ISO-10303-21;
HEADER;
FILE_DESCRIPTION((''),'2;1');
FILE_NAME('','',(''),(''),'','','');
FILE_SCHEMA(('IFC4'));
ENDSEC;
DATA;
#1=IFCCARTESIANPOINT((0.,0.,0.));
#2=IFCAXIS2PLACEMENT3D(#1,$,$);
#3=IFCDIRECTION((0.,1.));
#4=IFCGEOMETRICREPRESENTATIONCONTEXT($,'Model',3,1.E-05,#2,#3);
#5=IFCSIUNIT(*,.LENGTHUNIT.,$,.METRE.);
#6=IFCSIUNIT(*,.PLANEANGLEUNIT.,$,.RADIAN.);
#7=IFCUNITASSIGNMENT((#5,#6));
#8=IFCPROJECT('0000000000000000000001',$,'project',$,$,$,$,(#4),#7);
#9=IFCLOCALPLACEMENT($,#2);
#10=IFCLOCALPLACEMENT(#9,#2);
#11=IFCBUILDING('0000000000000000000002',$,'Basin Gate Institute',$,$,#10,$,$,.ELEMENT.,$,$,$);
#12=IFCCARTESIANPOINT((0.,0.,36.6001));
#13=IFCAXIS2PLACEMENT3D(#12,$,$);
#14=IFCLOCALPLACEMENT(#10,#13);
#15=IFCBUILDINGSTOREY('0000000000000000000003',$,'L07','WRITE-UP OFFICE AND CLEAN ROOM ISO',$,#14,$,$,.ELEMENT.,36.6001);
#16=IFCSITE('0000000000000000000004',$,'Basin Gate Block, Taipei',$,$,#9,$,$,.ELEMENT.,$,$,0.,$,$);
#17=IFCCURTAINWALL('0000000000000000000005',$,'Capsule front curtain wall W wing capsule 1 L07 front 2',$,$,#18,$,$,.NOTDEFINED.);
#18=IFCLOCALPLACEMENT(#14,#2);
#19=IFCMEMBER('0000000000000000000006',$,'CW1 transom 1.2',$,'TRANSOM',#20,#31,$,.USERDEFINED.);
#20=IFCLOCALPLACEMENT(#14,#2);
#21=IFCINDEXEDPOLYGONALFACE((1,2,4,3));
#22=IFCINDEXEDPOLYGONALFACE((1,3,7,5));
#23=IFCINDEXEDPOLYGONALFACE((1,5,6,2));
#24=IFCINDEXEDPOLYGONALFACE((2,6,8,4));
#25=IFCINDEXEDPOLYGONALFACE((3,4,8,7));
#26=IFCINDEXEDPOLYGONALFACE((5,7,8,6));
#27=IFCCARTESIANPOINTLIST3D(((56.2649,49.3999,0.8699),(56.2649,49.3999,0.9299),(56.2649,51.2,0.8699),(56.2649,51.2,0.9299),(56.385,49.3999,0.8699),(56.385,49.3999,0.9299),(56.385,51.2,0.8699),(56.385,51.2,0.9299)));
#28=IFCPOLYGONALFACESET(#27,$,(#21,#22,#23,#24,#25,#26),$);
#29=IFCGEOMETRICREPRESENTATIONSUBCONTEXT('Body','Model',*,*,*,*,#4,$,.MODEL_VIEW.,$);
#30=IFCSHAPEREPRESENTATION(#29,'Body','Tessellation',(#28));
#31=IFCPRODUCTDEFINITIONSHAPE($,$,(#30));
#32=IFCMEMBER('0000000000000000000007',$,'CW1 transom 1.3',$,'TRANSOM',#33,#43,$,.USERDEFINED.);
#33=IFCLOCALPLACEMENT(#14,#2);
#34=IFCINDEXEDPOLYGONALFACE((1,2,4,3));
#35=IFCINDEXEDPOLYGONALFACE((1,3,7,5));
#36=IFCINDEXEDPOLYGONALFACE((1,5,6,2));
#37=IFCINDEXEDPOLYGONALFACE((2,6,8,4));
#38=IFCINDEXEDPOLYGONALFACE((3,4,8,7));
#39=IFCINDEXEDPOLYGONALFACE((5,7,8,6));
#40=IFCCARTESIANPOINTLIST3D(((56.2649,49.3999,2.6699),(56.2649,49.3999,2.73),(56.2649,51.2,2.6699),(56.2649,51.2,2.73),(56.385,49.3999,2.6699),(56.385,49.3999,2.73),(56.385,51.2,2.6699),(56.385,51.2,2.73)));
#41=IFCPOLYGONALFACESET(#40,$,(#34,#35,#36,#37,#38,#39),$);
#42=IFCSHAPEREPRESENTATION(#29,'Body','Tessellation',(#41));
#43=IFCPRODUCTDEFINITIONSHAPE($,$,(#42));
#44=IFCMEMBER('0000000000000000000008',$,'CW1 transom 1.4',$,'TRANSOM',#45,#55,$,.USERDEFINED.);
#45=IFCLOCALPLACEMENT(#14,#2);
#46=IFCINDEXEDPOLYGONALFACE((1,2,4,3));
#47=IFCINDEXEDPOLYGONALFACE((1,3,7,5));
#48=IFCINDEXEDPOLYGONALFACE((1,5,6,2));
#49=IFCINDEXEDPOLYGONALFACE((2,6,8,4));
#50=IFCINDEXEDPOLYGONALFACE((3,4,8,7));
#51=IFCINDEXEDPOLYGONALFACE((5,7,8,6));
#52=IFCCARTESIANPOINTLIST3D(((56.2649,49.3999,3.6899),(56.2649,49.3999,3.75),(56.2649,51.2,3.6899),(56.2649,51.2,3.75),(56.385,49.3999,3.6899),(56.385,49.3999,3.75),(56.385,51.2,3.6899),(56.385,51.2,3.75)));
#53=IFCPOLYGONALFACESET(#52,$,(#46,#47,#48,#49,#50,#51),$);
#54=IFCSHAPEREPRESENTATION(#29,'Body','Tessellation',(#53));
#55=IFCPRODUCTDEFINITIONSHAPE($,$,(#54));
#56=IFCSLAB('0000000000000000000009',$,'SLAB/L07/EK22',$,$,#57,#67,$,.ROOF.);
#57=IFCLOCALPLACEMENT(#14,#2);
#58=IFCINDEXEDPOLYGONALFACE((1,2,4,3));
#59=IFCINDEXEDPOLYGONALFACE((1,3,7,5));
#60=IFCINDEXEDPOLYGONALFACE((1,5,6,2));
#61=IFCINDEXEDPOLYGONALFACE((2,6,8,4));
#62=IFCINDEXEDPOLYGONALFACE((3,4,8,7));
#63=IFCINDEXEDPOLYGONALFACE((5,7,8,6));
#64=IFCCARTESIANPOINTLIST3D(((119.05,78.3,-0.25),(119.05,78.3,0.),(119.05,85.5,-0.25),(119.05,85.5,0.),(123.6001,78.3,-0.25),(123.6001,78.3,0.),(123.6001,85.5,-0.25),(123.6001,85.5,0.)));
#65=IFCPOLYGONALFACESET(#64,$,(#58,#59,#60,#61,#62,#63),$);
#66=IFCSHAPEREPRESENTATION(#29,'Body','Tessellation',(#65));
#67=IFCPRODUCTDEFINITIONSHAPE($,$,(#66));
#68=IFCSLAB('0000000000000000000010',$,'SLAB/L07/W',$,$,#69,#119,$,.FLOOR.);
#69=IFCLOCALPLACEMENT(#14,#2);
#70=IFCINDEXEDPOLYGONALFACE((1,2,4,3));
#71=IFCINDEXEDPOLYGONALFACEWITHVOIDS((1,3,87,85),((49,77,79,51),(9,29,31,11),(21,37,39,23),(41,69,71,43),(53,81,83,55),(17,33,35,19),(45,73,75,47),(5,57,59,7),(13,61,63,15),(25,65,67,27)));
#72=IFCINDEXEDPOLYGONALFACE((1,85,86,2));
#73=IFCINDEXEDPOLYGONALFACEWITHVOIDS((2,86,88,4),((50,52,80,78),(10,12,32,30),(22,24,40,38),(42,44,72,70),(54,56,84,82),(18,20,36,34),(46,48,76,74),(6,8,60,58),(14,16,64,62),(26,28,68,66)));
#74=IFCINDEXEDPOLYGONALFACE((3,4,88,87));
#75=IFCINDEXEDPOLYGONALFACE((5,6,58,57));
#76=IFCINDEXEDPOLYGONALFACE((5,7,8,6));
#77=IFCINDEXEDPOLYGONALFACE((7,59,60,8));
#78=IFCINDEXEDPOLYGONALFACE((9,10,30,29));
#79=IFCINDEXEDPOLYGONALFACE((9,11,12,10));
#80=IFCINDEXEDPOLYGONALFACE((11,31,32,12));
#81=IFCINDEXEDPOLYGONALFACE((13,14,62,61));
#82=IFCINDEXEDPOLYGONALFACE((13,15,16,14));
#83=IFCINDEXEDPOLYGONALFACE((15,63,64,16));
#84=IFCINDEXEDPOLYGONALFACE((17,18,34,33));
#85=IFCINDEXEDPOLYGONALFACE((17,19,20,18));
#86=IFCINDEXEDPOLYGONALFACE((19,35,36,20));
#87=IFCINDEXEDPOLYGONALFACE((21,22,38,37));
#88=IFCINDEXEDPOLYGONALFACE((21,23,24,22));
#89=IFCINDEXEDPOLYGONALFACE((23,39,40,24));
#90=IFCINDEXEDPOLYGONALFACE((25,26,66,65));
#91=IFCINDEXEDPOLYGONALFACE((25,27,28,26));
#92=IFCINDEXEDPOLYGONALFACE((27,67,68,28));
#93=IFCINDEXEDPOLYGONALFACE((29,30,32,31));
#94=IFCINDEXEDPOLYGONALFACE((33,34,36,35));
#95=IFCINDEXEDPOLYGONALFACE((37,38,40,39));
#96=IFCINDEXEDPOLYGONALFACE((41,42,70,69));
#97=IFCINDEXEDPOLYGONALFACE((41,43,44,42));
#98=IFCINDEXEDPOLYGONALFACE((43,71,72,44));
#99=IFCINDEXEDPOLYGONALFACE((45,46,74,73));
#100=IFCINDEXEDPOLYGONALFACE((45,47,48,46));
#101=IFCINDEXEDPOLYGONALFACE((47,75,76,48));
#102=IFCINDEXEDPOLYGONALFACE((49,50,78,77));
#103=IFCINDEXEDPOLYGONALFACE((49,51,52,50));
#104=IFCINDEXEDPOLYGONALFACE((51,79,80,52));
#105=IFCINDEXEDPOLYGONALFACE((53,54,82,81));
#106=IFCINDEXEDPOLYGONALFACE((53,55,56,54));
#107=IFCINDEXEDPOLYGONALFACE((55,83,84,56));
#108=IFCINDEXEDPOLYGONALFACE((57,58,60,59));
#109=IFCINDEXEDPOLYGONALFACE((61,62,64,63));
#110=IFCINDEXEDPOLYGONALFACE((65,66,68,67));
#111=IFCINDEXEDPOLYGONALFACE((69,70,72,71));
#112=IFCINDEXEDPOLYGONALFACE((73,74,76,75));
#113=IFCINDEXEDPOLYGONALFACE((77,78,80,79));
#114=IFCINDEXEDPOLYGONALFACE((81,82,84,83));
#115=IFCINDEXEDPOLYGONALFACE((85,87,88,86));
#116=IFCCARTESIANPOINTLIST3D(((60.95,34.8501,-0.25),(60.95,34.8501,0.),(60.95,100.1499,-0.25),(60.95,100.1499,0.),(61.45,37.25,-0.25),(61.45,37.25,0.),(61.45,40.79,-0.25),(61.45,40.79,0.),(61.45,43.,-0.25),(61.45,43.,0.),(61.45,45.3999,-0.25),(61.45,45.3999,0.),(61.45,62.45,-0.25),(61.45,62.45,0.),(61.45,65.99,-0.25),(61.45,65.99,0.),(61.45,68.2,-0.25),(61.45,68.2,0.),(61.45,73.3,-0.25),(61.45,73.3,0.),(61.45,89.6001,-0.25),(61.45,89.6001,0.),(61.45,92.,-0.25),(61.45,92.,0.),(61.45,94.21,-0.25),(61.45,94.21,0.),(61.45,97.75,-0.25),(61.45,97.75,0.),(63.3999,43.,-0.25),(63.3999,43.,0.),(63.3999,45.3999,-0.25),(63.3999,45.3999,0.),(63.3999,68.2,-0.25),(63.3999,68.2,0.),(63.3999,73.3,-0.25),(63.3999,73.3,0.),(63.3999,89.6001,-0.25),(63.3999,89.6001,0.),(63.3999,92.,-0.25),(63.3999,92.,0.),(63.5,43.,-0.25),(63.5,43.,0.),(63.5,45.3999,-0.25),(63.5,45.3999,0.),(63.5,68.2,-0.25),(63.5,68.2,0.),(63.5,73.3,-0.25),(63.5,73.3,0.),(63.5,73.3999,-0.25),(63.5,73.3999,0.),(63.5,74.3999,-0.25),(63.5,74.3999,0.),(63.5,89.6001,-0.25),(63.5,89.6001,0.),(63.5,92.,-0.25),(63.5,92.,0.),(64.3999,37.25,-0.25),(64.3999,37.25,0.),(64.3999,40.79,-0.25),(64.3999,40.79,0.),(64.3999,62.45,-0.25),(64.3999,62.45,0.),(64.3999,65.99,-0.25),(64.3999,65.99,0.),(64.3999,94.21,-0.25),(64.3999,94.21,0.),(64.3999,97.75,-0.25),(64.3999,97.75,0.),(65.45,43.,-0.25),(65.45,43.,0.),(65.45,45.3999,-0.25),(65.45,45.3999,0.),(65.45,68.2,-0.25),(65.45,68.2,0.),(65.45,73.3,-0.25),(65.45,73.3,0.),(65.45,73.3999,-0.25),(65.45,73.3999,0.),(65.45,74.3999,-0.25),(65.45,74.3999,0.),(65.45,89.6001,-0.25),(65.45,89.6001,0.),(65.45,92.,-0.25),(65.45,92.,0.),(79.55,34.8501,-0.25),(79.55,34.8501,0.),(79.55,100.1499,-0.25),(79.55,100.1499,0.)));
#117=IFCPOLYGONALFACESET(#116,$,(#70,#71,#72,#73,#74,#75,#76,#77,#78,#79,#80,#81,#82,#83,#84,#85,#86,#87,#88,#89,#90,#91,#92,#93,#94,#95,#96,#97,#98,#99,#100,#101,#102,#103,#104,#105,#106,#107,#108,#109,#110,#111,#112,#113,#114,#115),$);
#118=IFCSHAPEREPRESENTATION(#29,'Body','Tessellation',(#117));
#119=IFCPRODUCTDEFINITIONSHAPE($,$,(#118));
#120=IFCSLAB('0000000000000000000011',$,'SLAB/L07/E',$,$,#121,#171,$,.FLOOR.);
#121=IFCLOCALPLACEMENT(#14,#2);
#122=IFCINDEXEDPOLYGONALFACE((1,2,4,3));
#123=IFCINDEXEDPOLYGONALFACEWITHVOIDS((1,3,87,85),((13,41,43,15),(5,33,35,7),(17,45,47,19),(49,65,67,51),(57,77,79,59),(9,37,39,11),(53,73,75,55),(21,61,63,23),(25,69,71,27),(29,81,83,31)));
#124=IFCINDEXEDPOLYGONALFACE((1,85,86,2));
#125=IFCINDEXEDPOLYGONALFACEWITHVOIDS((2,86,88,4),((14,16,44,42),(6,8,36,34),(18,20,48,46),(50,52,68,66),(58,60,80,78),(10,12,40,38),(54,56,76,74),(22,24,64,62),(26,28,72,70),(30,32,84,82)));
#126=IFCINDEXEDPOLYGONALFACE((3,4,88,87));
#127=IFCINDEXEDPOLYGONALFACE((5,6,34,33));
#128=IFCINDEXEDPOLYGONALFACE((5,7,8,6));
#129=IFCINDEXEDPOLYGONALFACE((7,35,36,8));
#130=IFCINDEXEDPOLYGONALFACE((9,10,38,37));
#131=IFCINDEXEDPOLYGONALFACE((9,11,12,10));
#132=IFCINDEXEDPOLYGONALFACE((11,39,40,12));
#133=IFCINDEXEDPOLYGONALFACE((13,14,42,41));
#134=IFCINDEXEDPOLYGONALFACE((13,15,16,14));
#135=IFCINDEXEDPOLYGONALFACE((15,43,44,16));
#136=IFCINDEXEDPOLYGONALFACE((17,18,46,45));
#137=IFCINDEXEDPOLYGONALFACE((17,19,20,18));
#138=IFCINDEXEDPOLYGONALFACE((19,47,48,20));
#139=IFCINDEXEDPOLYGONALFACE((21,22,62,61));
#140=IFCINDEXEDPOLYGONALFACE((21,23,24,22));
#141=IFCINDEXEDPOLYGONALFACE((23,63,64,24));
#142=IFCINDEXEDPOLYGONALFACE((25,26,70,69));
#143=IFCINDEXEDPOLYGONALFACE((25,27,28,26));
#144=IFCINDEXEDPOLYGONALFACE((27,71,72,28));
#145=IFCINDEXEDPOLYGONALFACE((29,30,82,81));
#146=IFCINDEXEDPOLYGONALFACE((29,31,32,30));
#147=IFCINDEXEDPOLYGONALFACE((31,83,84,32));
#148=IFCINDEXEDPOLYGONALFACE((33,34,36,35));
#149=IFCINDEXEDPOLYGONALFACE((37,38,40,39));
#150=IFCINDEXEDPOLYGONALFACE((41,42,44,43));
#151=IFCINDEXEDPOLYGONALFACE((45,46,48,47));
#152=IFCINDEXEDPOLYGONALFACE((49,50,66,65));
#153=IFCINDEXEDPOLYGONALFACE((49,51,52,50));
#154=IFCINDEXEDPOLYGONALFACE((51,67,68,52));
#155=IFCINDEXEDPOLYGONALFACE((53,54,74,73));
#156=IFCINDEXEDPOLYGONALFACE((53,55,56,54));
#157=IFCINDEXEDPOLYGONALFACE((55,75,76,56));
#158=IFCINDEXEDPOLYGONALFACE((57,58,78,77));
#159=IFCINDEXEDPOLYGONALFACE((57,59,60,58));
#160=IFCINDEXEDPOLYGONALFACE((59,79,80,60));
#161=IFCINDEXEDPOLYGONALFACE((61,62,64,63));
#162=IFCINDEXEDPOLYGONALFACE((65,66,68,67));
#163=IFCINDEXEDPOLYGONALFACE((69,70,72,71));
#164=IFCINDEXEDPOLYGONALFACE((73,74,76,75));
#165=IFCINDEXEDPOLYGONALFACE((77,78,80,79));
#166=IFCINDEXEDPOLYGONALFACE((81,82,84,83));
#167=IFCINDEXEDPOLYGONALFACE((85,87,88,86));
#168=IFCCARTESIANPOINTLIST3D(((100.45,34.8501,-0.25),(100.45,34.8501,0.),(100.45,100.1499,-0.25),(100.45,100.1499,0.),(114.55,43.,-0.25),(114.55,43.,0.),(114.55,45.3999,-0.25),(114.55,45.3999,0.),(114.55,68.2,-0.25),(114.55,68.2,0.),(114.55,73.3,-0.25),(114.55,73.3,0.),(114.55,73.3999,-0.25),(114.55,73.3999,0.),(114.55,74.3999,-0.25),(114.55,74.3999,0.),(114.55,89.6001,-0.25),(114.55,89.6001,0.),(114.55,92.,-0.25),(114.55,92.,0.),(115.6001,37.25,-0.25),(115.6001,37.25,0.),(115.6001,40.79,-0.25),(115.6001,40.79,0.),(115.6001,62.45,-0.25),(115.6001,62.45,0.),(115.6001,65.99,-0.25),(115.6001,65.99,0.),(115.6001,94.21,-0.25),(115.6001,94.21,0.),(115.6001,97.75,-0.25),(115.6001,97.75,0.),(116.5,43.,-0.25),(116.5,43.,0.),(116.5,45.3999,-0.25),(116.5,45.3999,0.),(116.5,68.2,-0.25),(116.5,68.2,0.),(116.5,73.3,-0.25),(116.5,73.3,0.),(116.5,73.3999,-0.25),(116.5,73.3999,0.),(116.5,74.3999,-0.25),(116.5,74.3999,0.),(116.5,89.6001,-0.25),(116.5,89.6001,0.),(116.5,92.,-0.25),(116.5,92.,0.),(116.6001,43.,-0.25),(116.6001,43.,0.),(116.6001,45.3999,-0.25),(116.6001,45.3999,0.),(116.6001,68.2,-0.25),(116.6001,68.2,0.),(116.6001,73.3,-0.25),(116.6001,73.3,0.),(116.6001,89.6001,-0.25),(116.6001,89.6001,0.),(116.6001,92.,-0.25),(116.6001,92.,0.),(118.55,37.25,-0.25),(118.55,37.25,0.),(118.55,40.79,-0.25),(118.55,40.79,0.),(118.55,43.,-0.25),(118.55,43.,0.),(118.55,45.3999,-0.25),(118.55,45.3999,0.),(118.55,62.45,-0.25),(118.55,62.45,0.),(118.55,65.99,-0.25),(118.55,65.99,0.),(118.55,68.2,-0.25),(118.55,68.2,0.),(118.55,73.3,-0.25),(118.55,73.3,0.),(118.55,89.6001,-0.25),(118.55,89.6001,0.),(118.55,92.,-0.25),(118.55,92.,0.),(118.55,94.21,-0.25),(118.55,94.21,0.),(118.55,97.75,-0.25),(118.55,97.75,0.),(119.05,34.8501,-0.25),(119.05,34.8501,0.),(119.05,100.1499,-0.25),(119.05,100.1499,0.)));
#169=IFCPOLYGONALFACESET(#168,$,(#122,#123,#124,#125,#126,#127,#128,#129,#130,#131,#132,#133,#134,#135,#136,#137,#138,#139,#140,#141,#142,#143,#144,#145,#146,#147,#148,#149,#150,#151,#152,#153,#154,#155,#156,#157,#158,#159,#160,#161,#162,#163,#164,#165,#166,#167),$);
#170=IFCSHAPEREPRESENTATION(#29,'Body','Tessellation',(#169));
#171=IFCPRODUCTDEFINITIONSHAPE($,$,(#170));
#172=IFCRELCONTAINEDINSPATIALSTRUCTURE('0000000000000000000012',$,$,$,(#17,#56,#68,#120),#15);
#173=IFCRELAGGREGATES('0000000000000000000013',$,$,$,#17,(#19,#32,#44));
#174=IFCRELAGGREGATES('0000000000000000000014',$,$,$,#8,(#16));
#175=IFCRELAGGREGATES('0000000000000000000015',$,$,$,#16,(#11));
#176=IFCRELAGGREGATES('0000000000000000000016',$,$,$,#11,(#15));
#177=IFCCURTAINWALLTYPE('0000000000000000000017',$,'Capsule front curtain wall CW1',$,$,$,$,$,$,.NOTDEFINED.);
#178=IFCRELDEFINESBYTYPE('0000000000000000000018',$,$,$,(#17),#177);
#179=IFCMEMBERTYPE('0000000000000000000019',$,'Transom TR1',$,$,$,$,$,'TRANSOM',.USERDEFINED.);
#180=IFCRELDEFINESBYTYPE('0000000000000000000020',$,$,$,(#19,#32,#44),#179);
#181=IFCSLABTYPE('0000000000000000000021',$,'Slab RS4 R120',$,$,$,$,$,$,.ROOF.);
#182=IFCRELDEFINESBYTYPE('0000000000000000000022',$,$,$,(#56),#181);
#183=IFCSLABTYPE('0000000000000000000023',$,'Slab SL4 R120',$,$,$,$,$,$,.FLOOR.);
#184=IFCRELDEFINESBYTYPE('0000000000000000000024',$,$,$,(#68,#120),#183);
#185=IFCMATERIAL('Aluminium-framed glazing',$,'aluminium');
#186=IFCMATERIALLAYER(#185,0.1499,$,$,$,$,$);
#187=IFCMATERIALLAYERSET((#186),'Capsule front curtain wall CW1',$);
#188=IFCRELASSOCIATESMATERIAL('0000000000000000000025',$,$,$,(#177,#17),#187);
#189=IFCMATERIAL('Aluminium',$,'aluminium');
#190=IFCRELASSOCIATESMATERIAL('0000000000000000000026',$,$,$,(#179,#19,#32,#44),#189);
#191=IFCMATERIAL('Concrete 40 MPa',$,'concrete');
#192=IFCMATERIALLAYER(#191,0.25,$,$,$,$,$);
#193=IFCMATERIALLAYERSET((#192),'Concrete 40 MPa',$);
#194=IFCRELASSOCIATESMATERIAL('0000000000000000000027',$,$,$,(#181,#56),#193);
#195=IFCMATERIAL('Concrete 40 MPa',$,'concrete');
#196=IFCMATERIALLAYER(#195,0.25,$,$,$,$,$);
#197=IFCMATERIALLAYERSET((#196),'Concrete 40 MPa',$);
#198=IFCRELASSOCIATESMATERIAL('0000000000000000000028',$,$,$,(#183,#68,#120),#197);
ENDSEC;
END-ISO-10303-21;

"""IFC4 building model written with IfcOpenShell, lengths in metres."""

from ifc_helpers import new_model, si_unit, direction, frame, origin, origin_2d, place, context, subcontext, project, spatial, polyline, rectangle, outline, extrude, material, layer, layer_set, material_profile, profile_set, type_object, element, aggregate, save


model = new_model("IFC4")

# Units and contexts
model_context = context("Model", 3, precision=1e-05, world=origin(), true_north=direction((0.0, 1.0)))
body_context = subcontext(model_context, "Body", "Model", "MODEL_VIEW")
ifc_project = project(units=[si_unit("LENGTHUNIT", "METRE"), si_unit("PLANEANGLEUNIT", "RADIAN")], contexts=[model_context])

# Site, building, storey
site_placement = place(None, origin())
site = spatial("IfcSite", under=ifc_project, at=site_placement, Name="Basin Gate Block, Taipei", CompositionType="ELEMENT", RefElevation=0.0)
building_placement = place(site_placement, origin())
building = spatial("IfcBuilding", under=site, at=building_placement, Name="Basin Gate Institute", CompositionType="ELEMENT")
storey_placement = place(building_placement, frame((0.0, 0.0, 36.6001)))
storey = spatial("IfcBuildingStorey", under=building, at=storey_placement, Name="L07", Description="WRITE-UP OFFICE AND CLEAN ROOM ISO", CompositionType="ELEMENT", Elevation=36.6001)

# Shared definitions
ifc_material_1 = material(Name="Aluminium-framed glazing", Category="aluminium")
ifc_layer_1 = layer(ifc_material_1, 0.1499)
ifc_layer_set_1 = layer_set([ifc_layer_1], Name="Capsule front curtain wall CW1")
curtain_wall_type = type_object("IfcCurtainWallType", Name="Capsule front curtain wall CW1", PredefinedType="NOTDEFINED", material=ifc_layer_set_1)

# Curtain wall
curtain_wall_1_placement = place(storey_placement, origin())
curtain_wall_1 = element("IfcCurtainWall", 1, at=curtain_wall_1_placement, inside=storey, type_object=curtain_wall_type, material=ifc_layer_set_1, Name="Capsule front curtain wall W wing capsule 1 L07 front 2", PredefinedType="NOTDEFINED")

# Members
ifc_material_2 = material(Name="Aluminium", Category="aluminium")
ifc_material_profile_1 = material_profile(ifc_material_2, rectangle(XDim=0.1201, YDim=0.0601, at=origin_2d()), Name="Transom TR1 120 x 60")
ifc_profile_set_1 = profile_set([ifc_material_profile_1], Name="Aluminium")
member_type_1 = type_object("IfcMemberType", Name="Transom TR1", ElementType="TRANSOM", PredefinedType="USERDEFINED", material=ifc_profile_set_1)
member_1_placement = place(storey_placement, frame((56.325, 49.3999, 0.8999), z_axis=(0.0, 1.0, 0.0), x_axis=(-1.0, 0.0, 0.0)))
member_1 = element("IfcMember", 2, at=member_1_placement, type_object=member_type_1, material=ifc_profile_set_1, Name="CW1 transom 1.2", ObjectType="TRANSOM", PredefinedType="USERDEFINED", context=body_context, shape_type="SweptSolid", body=[
    extrude(rectangle(XDim=0.1201, YDim=0.0601, at=origin_2d()), origin(), (0.0, 0.0, 1.0), 1.8),
])
member_2_placement = place(storey_placement, frame((56.325, 49.3999, 2.7), z_axis=(0.0, 1.0, 0.0), x_axis=(-1.0, 0.0, 0.0)))
member_2 = element("IfcMember", 3, at=member_2_placement, type_object=member_type_1, material=ifc_profile_set_1, Name="CW1 transom 1.3", ObjectType="TRANSOM", PredefinedType="USERDEFINED", context=body_context, shape_type="SweptSolid", body=[
    extrude(rectangle(XDim=0.1201, YDim=0.0601, at=origin_2d()), origin(), (0.0, 0.0, 1.0), 1.8),
])
member_3_placement = place(storey_placement, frame((56.325, 49.3999, 3.72), z_axis=(0.0, 1.0, 0.0), x_axis=(-1.0, 0.0, 0.0)))
member_3 = element("IfcMember", 4, at=member_3_placement, type_object=member_type_1, material=ifc_profile_set_1, Name="CW1 transom 1.4", ObjectType="TRANSOM", PredefinedType="USERDEFINED", context=body_context, shape_type="SweptSolid", body=[
    extrude(rectangle(XDim=0.1201, YDim=0.0601, at=origin_2d()), origin(), (0.0, 0.0, 1.0), 1.8),
])

# Slabs
ifc_material_3 = material(Name="Concrete 40 MPa", Category="concrete")
ifc_layer_2 = layer(ifc_material_3, 0.25)
ifc_layer_set_2 = layer_set([ifc_layer_2], Name="Concrete 40 MPa")
slab_type_1 = type_object("IfcSlabType", Name="Slab RS4 R120", PredefinedType="ROOF", material=ifc_layer_set_2)
slab_1_placement = place(storey_placement, frame((0.0, 0.0, -0.25)))
element("IfcSlab", 5, at=slab_1_placement, inside=storey, type_object=slab_type_1, material=ifc_layer_set_2, Name="SLAB/L07/EK22", PredefinedType="ROOF", context=body_context, shape_type="SweptSolid", body=[
    extrude(outline(polyline([(123.6001, 78.3), (119.05, 78.3), (119.05, 85.5), (123.6001, 85.5), (123.6001, 78.3)])), origin(), (0.0, 0.0, 1.0), 0.25),
])
ifc_material_4 = material(Name="Concrete 40 MPa", Category="concrete")
ifc_layer_3 = layer(ifc_material_4, 0.25)
ifc_layer_set_3 = layer_set([ifc_layer_3], Name="Concrete 40 MPa")
slab_type_2 = type_object("IfcSlabType", Name="Slab SL4 R120", PredefinedType="FLOOR", material=ifc_layer_set_3)
slab_2_placement = place(storey_placement, frame((0.0, 0.0, -0.25)))
element("IfcSlab", 6, at=slab_2_placement, inside=storey, type_object=slab_type_2, material=ifc_layer_set_3, Name="SLAB/L07/W", PredefinedType="FLOOR", context=body_context, shape_type="SweptSolid", body=[
    extrude(outline(polyline([(60.95, 34.8501), (79.55, 34.8501), (79.55, 100.1499), (60.95, 100.1499), (60.95, 34.8501)]), holes=[polyline([(61.45, 37.25), (64.3999, 37.25), (64.3999, 40.79), (61.45, 40.79), (61.45, 37.25)]), polyline([(61.45, 62.45), (64.3999, 62.45), (64.3999, 65.99), (61.45, 65.99), (61.45, 62.45)]), polyline([(61.45, 94.21), (64.3999, 94.21), (64.3999, 97.75), (61.45, 97.75), (61.45, 94.21)]), polyline([(61.45, 43.0), (63.3999, 43.0), (63.3999, 45.3999), (61.45, 45.3999), (61.45, 43.0)]), polyline([(61.45, 68.2), (63.3999, 68.2), (63.3999, 73.3), (61.45, 73.3), (61.45, 68.2)]), polyline([(63.5, 73.3999), (65.45, 73.3999), (65.45, 74.3999), (63.5, 74.3999), (63.5, 73.3999)]), polyline([(61.45, 89.6001), (63.3999, 89.6001), (63.3999, 92.0), (61.45, 92.0), (61.45, 89.6001)]), polyline([(63.5, 43.0), (65.45, 43.0), (65.45, 45.3999), (63.5, 45.3999), (63.5, 43.0)]), polyline([(65.45, 68.2), (63.5, 68.2), (63.5, 73.3), (65.45, 73.3), (65.45, 68.2)]), polyline([(63.5, 89.6001), (65.45, 89.6001), (65.45, 92.0), (63.5, 92.0), (63.5, 89.6001)])]), origin(), (0.0, 0.0, 1.0), 0.25),
])
slab_3_placement = place(storey_placement, frame((0.0, 0.0, -0.25)))
element("IfcSlab", 7, at=slab_3_placement, inside=storey, type_object=slab_type_2, material=ifc_layer_set_3, Name="SLAB/L07/E", PredefinedType="FLOOR", context=body_context, shape_type="SweptSolid", body=[
    extrude(outline(polyline([(119.05, 100.1499), (100.45, 100.1499), (100.45, 34.8501), (119.05, 34.8501), (119.05, 100.1499)]), holes=[polyline([(118.55, 40.79), (115.6001, 40.79), (115.6001, 37.25), (118.55, 37.25), (118.55, 40.79)]), polyline([(118.55, 65.99), (115.6001, 65.99), (115.6001, 62.45), (118.55, 62.45), (118.55, 65.99)]), polyline([(118.55, 97.75), (115.6001, 97.75), (115.6001, 94.21), (118.55, 94.21), (118.55, 97.75)]), polyline([(118.55, 45.3999), (116.6001, 45.3999), (116.6001, 43.0), (118.55, 43.0), (118.55, 45.3999)]), polyline([(118.55, 73.3), (116.6001, 73.3), (116.6001, 68.2), (118.55, 68.2), (118.55, 73.3)]), polyline([(116.5, 74.3999), (114.55, 74.3999), (114.55, 73.3999), (116.5, 73.3999), (116.5, 74.3999)]), polyline([(118.55, 92.0), (116.6001, 92.0), (116.6001, 89.6001), (118.55, 89.6001), (118.55, 92.0)]), polyline([(116.5, 45.3999), (114.55, 45.3999), (114.55, 43.0), (116.5, 43.0), (116.5, 45.3999)]), polyline([(116.5, 68.2), (114.55, 68.2), (114.55, 73.3), (116.5, 73.3), (116.5, 68.2)]), polyline([(116.5, 92.0), (114.55, 92.0), (114.55, 89.6001), (116.5, 89.6001), (116.5, 92.0)])]), origin(), (0.0, 0.0, 1.0), 0.25),
])

aggregate(curtain_wall_1, [member_1, member_2, member_3])

save(model, "model.ifc")
